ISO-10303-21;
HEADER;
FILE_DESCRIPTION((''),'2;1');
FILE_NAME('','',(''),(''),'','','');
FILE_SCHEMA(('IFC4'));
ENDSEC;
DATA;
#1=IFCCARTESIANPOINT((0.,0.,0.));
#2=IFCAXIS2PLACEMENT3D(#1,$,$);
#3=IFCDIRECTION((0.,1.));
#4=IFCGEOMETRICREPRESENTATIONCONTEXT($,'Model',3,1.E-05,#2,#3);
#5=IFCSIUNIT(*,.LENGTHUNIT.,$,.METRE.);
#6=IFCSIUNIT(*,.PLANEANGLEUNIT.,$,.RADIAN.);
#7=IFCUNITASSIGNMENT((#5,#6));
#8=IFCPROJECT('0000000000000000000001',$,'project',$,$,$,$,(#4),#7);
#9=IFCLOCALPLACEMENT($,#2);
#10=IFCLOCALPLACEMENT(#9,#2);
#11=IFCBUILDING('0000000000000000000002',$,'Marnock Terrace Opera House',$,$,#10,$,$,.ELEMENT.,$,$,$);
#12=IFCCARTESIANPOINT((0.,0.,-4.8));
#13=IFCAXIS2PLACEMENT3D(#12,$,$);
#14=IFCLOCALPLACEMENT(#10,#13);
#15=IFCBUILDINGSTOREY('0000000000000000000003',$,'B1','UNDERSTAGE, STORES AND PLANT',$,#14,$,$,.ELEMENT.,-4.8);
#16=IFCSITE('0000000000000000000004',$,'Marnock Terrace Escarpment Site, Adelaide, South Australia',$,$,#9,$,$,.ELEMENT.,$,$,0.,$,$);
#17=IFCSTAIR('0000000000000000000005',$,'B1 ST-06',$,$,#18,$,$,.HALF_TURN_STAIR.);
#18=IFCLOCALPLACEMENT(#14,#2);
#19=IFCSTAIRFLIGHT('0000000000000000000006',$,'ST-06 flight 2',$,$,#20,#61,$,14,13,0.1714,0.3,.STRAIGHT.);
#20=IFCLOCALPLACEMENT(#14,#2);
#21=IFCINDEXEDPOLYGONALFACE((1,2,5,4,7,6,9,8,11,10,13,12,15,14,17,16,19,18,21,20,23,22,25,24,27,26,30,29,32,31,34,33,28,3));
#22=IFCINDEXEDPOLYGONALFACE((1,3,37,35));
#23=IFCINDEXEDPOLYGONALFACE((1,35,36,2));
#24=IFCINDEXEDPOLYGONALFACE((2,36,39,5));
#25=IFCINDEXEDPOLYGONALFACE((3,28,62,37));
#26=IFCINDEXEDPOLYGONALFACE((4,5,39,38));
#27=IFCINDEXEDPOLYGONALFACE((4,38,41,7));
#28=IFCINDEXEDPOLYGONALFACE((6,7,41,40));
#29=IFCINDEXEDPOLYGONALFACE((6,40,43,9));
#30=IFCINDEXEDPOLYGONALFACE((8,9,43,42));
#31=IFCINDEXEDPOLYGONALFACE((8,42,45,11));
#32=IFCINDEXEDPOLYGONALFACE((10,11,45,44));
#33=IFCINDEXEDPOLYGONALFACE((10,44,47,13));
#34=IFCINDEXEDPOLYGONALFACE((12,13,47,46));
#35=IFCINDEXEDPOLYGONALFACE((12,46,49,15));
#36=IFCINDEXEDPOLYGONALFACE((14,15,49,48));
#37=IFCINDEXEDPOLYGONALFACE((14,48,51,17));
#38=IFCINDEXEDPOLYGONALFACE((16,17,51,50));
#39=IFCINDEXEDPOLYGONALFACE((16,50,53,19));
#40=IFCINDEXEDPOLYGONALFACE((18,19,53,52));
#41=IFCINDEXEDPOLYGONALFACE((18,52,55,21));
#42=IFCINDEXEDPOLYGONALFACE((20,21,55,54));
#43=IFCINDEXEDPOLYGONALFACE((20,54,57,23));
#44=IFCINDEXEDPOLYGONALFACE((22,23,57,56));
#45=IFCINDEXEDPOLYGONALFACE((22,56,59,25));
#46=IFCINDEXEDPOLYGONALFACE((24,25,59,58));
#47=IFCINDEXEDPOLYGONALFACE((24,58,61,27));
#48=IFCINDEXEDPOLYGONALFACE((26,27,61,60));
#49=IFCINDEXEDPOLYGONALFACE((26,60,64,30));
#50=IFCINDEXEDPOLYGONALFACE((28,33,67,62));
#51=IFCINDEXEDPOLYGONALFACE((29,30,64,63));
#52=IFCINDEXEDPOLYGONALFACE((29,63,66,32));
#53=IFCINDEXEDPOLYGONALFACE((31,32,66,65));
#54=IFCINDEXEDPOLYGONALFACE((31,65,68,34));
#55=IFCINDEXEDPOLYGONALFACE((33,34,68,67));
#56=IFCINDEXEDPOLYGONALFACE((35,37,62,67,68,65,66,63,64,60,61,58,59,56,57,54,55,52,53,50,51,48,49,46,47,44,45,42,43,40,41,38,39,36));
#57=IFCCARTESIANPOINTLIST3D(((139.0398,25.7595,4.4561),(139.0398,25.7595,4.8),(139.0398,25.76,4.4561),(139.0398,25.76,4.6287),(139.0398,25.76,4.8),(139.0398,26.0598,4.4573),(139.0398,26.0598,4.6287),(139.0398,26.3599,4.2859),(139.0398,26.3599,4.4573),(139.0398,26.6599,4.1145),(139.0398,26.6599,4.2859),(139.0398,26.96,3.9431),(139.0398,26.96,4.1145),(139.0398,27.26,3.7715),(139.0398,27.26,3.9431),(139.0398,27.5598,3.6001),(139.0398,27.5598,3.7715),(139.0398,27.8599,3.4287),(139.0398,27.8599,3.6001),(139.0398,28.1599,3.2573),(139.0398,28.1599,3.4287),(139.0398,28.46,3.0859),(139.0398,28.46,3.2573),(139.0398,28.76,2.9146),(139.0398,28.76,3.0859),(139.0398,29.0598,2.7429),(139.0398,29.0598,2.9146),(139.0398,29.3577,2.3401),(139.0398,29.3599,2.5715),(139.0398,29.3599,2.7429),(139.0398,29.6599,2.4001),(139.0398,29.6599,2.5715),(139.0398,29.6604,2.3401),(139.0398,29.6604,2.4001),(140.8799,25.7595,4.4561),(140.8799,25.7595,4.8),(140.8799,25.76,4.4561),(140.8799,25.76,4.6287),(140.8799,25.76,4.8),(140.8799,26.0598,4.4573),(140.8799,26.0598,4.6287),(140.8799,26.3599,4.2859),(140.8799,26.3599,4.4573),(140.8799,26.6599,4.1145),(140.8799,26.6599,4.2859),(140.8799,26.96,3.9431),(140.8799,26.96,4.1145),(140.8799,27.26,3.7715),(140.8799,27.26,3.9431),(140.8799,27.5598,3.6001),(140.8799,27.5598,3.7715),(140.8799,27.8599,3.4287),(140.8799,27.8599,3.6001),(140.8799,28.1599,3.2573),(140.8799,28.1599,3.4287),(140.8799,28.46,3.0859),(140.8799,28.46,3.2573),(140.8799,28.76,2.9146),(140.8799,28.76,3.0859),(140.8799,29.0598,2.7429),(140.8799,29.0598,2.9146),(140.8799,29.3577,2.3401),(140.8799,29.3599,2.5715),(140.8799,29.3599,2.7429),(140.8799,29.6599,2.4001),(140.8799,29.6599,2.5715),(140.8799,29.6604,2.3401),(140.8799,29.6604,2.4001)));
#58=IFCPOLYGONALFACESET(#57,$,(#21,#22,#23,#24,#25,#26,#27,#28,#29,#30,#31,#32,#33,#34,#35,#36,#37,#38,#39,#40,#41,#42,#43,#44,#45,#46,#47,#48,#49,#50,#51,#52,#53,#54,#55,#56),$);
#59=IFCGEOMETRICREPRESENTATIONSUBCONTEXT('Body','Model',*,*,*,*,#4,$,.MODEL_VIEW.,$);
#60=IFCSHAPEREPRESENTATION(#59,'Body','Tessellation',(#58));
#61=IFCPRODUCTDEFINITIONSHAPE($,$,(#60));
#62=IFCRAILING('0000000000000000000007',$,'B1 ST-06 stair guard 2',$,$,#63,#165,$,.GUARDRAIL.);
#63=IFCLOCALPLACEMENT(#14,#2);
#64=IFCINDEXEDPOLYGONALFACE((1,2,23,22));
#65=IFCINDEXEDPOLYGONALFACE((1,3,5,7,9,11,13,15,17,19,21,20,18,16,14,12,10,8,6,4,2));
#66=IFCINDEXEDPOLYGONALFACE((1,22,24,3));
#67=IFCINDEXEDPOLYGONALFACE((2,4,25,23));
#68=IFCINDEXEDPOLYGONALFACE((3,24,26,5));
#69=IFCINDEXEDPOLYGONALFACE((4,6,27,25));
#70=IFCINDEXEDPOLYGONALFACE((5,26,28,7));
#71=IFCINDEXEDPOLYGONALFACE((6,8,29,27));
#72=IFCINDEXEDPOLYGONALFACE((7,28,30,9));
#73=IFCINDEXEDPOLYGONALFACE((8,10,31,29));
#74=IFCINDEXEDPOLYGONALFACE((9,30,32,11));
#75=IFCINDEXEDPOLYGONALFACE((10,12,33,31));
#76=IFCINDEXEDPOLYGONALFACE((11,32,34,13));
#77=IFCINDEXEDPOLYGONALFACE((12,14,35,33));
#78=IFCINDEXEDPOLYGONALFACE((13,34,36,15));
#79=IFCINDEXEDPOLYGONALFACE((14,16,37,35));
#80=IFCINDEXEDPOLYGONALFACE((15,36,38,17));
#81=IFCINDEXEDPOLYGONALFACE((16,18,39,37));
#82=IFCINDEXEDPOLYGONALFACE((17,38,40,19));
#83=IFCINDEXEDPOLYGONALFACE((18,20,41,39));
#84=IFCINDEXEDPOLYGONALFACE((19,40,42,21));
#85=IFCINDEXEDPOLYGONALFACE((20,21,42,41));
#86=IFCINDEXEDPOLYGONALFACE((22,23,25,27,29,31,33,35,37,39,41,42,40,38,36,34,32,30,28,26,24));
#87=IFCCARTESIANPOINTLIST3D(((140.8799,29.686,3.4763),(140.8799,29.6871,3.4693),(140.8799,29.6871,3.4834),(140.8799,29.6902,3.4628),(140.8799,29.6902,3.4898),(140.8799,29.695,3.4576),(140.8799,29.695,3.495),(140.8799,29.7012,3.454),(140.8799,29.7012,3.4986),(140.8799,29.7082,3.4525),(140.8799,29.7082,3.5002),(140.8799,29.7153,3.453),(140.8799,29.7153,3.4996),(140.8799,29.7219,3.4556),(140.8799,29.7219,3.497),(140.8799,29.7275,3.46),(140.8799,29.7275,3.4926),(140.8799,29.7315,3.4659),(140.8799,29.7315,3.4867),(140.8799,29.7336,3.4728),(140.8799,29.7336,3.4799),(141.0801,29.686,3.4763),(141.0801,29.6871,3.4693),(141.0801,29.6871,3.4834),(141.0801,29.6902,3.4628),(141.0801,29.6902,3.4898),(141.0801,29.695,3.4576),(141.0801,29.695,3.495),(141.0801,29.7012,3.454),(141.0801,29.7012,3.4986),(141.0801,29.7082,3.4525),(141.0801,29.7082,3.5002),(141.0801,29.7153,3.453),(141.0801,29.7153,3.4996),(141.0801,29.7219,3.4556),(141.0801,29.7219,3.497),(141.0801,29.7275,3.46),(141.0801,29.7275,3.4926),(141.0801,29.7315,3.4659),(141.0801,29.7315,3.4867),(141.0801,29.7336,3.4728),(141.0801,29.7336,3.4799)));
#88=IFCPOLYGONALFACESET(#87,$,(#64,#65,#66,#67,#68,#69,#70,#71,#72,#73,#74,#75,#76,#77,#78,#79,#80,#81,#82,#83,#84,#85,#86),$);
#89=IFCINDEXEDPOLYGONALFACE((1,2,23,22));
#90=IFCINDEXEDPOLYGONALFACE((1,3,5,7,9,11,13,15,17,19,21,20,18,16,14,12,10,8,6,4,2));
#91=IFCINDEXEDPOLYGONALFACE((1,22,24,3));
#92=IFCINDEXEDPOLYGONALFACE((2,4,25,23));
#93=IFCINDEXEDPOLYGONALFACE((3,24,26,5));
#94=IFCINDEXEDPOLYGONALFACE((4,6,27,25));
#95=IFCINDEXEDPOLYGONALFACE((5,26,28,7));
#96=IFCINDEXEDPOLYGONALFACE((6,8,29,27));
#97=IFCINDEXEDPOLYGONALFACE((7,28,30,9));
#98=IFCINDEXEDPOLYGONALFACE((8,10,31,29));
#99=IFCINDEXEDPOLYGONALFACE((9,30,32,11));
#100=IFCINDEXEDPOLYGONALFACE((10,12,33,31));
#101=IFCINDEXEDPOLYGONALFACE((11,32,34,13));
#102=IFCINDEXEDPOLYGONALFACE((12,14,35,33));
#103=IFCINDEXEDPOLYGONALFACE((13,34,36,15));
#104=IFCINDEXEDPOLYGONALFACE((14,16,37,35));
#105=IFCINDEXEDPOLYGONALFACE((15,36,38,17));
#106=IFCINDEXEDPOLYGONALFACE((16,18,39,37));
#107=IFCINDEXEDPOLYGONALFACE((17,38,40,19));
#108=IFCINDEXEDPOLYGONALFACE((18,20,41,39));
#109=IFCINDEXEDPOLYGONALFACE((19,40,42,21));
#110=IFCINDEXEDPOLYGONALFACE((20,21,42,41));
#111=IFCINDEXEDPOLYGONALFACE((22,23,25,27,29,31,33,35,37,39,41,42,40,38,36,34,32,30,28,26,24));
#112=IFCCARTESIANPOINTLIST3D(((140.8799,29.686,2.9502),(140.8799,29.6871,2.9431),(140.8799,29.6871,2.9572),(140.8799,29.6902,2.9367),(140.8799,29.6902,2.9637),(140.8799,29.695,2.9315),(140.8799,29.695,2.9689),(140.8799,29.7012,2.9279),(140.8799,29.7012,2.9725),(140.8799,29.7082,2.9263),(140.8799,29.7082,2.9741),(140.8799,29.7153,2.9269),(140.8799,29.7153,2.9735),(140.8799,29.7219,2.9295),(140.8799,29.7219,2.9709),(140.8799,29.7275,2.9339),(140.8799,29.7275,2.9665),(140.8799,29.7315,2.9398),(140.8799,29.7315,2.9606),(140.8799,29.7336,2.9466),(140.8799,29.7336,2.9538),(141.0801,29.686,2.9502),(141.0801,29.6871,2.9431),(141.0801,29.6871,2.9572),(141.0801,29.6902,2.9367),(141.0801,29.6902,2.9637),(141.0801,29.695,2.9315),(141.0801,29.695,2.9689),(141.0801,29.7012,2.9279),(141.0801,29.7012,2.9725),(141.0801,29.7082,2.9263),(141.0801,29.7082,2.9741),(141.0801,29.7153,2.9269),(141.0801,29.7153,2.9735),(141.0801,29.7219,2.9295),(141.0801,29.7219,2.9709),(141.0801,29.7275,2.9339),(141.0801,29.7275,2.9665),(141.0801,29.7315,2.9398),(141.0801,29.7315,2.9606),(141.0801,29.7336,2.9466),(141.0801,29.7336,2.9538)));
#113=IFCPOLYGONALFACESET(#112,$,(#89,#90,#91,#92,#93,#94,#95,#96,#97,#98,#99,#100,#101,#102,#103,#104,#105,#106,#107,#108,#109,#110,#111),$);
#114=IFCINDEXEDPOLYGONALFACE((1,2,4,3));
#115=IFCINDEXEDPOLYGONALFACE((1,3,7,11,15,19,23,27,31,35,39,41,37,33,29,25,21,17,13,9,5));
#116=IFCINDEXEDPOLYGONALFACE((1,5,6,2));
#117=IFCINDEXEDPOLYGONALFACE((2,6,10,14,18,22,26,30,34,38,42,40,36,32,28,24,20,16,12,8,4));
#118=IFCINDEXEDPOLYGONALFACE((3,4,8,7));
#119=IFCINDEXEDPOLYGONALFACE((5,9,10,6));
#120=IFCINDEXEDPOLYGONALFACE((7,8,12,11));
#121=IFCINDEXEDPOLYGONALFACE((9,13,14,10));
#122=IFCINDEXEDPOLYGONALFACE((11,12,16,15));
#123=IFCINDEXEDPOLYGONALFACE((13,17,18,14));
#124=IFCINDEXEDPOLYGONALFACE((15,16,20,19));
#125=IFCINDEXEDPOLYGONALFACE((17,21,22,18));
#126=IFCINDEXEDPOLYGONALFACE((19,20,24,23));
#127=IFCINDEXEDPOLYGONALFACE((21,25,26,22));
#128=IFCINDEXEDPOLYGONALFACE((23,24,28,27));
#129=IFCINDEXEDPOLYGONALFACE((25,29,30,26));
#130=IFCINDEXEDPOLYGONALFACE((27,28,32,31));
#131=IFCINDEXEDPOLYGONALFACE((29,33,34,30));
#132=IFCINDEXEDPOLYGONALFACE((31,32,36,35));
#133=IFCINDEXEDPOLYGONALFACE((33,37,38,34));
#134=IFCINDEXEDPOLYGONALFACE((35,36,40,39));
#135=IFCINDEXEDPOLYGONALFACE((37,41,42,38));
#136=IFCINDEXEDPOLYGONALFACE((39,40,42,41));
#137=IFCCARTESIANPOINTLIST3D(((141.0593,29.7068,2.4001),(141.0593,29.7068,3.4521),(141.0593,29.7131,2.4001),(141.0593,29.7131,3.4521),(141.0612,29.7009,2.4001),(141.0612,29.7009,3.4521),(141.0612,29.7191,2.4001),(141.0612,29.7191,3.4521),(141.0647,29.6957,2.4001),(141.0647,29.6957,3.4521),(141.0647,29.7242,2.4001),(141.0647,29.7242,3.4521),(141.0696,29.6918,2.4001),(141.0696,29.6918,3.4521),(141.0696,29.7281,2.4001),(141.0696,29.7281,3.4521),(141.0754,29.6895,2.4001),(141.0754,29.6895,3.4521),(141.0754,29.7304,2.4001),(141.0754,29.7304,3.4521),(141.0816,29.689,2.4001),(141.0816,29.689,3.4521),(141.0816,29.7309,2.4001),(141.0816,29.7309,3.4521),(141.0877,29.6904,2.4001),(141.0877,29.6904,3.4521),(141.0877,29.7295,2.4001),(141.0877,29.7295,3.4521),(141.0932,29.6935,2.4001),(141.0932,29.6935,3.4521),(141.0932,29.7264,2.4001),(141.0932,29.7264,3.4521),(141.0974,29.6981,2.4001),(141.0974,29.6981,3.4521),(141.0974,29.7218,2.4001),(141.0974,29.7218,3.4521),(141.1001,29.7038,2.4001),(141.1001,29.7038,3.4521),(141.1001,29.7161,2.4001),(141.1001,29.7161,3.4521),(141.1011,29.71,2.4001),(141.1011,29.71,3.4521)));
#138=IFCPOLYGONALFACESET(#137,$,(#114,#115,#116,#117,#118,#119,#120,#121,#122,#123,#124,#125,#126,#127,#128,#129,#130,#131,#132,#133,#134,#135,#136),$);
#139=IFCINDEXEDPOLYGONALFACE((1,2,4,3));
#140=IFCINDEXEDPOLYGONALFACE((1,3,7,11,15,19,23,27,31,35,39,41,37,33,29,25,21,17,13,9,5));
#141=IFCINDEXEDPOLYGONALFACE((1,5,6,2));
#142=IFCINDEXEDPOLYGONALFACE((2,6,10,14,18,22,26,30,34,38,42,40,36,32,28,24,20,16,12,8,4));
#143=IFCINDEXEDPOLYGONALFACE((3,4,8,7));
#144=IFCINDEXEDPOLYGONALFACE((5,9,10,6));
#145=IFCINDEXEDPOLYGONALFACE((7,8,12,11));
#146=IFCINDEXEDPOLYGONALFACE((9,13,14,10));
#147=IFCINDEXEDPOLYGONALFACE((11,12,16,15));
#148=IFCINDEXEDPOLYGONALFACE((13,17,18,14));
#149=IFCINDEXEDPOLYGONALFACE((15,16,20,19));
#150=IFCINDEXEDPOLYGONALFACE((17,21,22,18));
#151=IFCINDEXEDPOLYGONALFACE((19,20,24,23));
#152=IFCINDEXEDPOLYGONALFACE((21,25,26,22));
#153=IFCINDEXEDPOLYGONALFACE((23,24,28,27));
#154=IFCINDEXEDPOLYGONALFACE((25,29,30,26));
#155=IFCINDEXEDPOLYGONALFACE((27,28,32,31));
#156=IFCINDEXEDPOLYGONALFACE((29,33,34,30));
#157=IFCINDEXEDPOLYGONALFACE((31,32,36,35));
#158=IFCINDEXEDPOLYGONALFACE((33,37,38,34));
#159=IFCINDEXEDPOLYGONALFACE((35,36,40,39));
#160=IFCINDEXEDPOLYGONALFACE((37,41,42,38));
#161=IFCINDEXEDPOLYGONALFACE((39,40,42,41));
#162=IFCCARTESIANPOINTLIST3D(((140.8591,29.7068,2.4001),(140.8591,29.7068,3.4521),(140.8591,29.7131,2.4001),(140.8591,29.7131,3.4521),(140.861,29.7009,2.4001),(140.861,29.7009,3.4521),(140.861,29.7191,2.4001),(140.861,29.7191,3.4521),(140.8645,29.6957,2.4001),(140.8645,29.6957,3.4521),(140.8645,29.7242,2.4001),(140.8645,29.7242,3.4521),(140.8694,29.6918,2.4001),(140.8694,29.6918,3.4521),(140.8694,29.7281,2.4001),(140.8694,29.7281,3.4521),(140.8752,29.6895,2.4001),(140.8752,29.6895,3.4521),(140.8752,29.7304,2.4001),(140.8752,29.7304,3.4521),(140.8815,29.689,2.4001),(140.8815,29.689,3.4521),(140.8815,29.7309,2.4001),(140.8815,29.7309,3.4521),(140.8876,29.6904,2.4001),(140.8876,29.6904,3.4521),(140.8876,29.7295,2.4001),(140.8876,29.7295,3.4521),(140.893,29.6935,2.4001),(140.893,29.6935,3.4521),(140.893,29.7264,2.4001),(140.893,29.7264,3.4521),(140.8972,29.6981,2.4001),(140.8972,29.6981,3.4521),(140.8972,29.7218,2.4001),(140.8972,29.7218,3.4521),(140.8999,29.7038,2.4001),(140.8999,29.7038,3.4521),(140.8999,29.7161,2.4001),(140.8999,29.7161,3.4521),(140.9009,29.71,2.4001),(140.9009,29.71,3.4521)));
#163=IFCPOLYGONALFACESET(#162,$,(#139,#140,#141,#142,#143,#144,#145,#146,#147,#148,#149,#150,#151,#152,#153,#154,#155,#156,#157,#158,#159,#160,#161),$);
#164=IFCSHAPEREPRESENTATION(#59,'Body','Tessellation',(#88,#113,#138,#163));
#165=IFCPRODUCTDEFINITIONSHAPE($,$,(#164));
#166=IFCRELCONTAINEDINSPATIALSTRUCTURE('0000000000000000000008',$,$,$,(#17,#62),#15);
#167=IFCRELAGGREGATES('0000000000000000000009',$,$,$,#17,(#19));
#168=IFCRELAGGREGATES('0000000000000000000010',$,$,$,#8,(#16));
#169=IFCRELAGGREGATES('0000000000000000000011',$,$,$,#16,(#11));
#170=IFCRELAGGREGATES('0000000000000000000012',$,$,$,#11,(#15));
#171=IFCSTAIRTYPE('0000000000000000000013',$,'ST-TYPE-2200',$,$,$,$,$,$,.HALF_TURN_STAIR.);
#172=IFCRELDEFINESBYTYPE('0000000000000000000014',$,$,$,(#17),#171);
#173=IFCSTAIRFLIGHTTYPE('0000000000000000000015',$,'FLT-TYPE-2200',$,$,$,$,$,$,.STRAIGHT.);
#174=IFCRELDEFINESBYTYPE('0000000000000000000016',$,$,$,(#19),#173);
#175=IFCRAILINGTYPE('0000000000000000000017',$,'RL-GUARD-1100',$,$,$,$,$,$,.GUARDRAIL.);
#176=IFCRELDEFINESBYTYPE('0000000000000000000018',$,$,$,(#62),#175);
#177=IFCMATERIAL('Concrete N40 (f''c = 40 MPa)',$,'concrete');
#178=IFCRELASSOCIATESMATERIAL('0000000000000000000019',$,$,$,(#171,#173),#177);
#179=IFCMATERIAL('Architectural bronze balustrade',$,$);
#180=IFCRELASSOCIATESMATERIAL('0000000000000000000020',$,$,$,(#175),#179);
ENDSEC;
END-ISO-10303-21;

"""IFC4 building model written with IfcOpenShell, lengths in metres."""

from ifc_helpers import new_model, si_unit, direction, frame, origin, origin_2d, place, context, subcontext, project, spatial, polyline, circle, outline, extrude, material, type_object, element, aggregate, save


model = new_model("IFC4")

# Units and contexts
model_context = context("Model", 3, precision=1e-05, world=origin(), true_north=direction((0.0, 1.0)))
body_context = subcontext(model_context, "Body", "Model", "MODEL_VIEW")
ifc_project = project(units=[si_unit("LENGTHUNIT", "METRE"), si_unit("PLANEANGLEUNIT", "RADIAN")], contexts=[model_context])

# Site, building, storey
site_placement = place(None, origin())
site = spatial("IfcSite", under=ifc_project, at=site_placement, Name="Marnock Terrace Escarpment Site, Adelaide, South Australia", CompositionType="ELEMENT", RefElevation=0.0)
building_placement = place(site_placement, origin())
building = spatial("IfcBuilding", under=site, at=building_placement, Name="Marnock Terrace Opera House", CompositionType="ELEMENT")
storey_placement = place(building_placement, frame((0.0, 0.0, -4.8)))
storey = spatial("IfcBuildingStorey", under=building, at=storey_placement, Name="B1", Description="UNDERSTAGE, STORES AND PLANT", CompositionType="ELEMENT", Elevation=-4.8)

# Shared definitions
ifc_material_1 = material(Name="Concrete N40 (f'c = 40 MPa)", Category="concrete")

# Stair, stair flight
stair_type = type_object("IfcStairType", Name="ST-TYPE-2200", PredefinedType="HALF_TURN_STAIR", material=ifc_material_1)
stair_placement = place(storey_placement, origin())
stair = element("IfcStair", 1, at=stair_placement, inside=storey, type_object=stair_type, Name="B1 ST-06", PredefinedType="HALF_TURN_STAIR")
stair_flight_type = type_object("IfcStairFlightType", Name="FLT-TYPE-2200", PredefinedType="STRAIGHT", material=ifc_material_1)
stair_flight_placement = place(storey_placement, frame((139.96, 29.6599, 2.4001), z_axis=(0.0, 0.0, 1.0), x_axis=(0.0, -1.0, 0.0)))
stair_flight = element("IfcStairFlight", 2, at=stair_flight_placement, type_object=stair_flight_type, Name="ST-06 flight 2", NumberOfRisers=14, NumberOfTreads=13, PredefinedType="STRAIGHT", RiserHeight=0.1714, TreadLength=0.3, context=body_context, shape_type="SweptSolid", body=[
    extrude(outline(polyline([(-0.0005, -0.0601), (-0.0005, 0.0), (0.0, 0.0), (0.0, 0.1714), (0.3, 0.1714), (0.3, 0.3428), (0.6001, 0.3428), (0.6001, 0.5144), (0.8999, 0.5144), (0.8999, 0.6858), (1.2, 0.6858), (1.2, 0.8572), (1.5, 0.8572), (1.5, 1.0286), (1.8, 1.0286), (1.8, 1.2), (2.1001, 1.2), (2.1001, 1.3713), (2.3999, 1.3713), (2.3999, 1.543), (2.7, 1.543), (2.7, 1.7144), (3.0, 1.7144), (3.0, 1.8857), (3.3, 1.8857), (3.3, 2.0571), (3.6001, 2.0571), (3.6001, 2.2285), (3.8999, 2.2285), (3.8999, 2.3999), (3.9004, 2.3999), (3.9004, 2.0559), (3.8999, 2.0559), (0.3022, -0.0601), (-0.0005, -0.0601)])), frame((0.0, 0.9199, 0.0), z_axis=(0.0, -1.0, 0.0), x_axis=(1.0, 0.0, 0.0)), (0.0, 0.0, 1.0), 1.8401),
])
aggregate(stair, [stair_flight])

# Railing
ifc_material_2 = material(Name="Architectural bronze balustrade")
railing_type_1 = type_object("IfcRailingType", Name="RL-GUARD-1100", PredefinedType="GUARDRAIL", material=ifc_material_2)
railing_1_placement = place(storey_placement, frame((141.0801, 29.71, 2.4001)))
element("IfcRailing", 3, at=railing_1_placement, inside=storey, type_object=railing_type_1, Name="B1 ST-06 stair guard 2", PredefinedType="GUARDRAIL", context=body_context, shape_type="SweptSolid", body=[
    extrude(circle(Radius=0.0239, at=origin_2d()), frame((0.0, 0.0, 1.0762), z_axis=(-1.0, 0.0, 0.0), x_axis=(0.0, -1.0, 0.0)), (0.0, 0.0, 1.0), 0.2002),
    extrude(circle(Radius=0.0239, at=origin_2d()), frame((0.0, 0.0, 0.55), z_axis=(-1.0, 0.0, 0.0), x_axis=(0.0, -1.0, 0.0)), (0.0, 0.0, 1.0), 0.2002),
    extrude(circle(Radius=0.021, at=origin_2d()), origin(), (0.0, 0.0, 1.0), 1.052),
    extrude(circle(Radius=0.021, at=origin_2d()), frame((-0.2002, 0.0, 0.0)), (0.0, 0.0, 1.0), 1.052),
])

save(model, "model.ifc")
